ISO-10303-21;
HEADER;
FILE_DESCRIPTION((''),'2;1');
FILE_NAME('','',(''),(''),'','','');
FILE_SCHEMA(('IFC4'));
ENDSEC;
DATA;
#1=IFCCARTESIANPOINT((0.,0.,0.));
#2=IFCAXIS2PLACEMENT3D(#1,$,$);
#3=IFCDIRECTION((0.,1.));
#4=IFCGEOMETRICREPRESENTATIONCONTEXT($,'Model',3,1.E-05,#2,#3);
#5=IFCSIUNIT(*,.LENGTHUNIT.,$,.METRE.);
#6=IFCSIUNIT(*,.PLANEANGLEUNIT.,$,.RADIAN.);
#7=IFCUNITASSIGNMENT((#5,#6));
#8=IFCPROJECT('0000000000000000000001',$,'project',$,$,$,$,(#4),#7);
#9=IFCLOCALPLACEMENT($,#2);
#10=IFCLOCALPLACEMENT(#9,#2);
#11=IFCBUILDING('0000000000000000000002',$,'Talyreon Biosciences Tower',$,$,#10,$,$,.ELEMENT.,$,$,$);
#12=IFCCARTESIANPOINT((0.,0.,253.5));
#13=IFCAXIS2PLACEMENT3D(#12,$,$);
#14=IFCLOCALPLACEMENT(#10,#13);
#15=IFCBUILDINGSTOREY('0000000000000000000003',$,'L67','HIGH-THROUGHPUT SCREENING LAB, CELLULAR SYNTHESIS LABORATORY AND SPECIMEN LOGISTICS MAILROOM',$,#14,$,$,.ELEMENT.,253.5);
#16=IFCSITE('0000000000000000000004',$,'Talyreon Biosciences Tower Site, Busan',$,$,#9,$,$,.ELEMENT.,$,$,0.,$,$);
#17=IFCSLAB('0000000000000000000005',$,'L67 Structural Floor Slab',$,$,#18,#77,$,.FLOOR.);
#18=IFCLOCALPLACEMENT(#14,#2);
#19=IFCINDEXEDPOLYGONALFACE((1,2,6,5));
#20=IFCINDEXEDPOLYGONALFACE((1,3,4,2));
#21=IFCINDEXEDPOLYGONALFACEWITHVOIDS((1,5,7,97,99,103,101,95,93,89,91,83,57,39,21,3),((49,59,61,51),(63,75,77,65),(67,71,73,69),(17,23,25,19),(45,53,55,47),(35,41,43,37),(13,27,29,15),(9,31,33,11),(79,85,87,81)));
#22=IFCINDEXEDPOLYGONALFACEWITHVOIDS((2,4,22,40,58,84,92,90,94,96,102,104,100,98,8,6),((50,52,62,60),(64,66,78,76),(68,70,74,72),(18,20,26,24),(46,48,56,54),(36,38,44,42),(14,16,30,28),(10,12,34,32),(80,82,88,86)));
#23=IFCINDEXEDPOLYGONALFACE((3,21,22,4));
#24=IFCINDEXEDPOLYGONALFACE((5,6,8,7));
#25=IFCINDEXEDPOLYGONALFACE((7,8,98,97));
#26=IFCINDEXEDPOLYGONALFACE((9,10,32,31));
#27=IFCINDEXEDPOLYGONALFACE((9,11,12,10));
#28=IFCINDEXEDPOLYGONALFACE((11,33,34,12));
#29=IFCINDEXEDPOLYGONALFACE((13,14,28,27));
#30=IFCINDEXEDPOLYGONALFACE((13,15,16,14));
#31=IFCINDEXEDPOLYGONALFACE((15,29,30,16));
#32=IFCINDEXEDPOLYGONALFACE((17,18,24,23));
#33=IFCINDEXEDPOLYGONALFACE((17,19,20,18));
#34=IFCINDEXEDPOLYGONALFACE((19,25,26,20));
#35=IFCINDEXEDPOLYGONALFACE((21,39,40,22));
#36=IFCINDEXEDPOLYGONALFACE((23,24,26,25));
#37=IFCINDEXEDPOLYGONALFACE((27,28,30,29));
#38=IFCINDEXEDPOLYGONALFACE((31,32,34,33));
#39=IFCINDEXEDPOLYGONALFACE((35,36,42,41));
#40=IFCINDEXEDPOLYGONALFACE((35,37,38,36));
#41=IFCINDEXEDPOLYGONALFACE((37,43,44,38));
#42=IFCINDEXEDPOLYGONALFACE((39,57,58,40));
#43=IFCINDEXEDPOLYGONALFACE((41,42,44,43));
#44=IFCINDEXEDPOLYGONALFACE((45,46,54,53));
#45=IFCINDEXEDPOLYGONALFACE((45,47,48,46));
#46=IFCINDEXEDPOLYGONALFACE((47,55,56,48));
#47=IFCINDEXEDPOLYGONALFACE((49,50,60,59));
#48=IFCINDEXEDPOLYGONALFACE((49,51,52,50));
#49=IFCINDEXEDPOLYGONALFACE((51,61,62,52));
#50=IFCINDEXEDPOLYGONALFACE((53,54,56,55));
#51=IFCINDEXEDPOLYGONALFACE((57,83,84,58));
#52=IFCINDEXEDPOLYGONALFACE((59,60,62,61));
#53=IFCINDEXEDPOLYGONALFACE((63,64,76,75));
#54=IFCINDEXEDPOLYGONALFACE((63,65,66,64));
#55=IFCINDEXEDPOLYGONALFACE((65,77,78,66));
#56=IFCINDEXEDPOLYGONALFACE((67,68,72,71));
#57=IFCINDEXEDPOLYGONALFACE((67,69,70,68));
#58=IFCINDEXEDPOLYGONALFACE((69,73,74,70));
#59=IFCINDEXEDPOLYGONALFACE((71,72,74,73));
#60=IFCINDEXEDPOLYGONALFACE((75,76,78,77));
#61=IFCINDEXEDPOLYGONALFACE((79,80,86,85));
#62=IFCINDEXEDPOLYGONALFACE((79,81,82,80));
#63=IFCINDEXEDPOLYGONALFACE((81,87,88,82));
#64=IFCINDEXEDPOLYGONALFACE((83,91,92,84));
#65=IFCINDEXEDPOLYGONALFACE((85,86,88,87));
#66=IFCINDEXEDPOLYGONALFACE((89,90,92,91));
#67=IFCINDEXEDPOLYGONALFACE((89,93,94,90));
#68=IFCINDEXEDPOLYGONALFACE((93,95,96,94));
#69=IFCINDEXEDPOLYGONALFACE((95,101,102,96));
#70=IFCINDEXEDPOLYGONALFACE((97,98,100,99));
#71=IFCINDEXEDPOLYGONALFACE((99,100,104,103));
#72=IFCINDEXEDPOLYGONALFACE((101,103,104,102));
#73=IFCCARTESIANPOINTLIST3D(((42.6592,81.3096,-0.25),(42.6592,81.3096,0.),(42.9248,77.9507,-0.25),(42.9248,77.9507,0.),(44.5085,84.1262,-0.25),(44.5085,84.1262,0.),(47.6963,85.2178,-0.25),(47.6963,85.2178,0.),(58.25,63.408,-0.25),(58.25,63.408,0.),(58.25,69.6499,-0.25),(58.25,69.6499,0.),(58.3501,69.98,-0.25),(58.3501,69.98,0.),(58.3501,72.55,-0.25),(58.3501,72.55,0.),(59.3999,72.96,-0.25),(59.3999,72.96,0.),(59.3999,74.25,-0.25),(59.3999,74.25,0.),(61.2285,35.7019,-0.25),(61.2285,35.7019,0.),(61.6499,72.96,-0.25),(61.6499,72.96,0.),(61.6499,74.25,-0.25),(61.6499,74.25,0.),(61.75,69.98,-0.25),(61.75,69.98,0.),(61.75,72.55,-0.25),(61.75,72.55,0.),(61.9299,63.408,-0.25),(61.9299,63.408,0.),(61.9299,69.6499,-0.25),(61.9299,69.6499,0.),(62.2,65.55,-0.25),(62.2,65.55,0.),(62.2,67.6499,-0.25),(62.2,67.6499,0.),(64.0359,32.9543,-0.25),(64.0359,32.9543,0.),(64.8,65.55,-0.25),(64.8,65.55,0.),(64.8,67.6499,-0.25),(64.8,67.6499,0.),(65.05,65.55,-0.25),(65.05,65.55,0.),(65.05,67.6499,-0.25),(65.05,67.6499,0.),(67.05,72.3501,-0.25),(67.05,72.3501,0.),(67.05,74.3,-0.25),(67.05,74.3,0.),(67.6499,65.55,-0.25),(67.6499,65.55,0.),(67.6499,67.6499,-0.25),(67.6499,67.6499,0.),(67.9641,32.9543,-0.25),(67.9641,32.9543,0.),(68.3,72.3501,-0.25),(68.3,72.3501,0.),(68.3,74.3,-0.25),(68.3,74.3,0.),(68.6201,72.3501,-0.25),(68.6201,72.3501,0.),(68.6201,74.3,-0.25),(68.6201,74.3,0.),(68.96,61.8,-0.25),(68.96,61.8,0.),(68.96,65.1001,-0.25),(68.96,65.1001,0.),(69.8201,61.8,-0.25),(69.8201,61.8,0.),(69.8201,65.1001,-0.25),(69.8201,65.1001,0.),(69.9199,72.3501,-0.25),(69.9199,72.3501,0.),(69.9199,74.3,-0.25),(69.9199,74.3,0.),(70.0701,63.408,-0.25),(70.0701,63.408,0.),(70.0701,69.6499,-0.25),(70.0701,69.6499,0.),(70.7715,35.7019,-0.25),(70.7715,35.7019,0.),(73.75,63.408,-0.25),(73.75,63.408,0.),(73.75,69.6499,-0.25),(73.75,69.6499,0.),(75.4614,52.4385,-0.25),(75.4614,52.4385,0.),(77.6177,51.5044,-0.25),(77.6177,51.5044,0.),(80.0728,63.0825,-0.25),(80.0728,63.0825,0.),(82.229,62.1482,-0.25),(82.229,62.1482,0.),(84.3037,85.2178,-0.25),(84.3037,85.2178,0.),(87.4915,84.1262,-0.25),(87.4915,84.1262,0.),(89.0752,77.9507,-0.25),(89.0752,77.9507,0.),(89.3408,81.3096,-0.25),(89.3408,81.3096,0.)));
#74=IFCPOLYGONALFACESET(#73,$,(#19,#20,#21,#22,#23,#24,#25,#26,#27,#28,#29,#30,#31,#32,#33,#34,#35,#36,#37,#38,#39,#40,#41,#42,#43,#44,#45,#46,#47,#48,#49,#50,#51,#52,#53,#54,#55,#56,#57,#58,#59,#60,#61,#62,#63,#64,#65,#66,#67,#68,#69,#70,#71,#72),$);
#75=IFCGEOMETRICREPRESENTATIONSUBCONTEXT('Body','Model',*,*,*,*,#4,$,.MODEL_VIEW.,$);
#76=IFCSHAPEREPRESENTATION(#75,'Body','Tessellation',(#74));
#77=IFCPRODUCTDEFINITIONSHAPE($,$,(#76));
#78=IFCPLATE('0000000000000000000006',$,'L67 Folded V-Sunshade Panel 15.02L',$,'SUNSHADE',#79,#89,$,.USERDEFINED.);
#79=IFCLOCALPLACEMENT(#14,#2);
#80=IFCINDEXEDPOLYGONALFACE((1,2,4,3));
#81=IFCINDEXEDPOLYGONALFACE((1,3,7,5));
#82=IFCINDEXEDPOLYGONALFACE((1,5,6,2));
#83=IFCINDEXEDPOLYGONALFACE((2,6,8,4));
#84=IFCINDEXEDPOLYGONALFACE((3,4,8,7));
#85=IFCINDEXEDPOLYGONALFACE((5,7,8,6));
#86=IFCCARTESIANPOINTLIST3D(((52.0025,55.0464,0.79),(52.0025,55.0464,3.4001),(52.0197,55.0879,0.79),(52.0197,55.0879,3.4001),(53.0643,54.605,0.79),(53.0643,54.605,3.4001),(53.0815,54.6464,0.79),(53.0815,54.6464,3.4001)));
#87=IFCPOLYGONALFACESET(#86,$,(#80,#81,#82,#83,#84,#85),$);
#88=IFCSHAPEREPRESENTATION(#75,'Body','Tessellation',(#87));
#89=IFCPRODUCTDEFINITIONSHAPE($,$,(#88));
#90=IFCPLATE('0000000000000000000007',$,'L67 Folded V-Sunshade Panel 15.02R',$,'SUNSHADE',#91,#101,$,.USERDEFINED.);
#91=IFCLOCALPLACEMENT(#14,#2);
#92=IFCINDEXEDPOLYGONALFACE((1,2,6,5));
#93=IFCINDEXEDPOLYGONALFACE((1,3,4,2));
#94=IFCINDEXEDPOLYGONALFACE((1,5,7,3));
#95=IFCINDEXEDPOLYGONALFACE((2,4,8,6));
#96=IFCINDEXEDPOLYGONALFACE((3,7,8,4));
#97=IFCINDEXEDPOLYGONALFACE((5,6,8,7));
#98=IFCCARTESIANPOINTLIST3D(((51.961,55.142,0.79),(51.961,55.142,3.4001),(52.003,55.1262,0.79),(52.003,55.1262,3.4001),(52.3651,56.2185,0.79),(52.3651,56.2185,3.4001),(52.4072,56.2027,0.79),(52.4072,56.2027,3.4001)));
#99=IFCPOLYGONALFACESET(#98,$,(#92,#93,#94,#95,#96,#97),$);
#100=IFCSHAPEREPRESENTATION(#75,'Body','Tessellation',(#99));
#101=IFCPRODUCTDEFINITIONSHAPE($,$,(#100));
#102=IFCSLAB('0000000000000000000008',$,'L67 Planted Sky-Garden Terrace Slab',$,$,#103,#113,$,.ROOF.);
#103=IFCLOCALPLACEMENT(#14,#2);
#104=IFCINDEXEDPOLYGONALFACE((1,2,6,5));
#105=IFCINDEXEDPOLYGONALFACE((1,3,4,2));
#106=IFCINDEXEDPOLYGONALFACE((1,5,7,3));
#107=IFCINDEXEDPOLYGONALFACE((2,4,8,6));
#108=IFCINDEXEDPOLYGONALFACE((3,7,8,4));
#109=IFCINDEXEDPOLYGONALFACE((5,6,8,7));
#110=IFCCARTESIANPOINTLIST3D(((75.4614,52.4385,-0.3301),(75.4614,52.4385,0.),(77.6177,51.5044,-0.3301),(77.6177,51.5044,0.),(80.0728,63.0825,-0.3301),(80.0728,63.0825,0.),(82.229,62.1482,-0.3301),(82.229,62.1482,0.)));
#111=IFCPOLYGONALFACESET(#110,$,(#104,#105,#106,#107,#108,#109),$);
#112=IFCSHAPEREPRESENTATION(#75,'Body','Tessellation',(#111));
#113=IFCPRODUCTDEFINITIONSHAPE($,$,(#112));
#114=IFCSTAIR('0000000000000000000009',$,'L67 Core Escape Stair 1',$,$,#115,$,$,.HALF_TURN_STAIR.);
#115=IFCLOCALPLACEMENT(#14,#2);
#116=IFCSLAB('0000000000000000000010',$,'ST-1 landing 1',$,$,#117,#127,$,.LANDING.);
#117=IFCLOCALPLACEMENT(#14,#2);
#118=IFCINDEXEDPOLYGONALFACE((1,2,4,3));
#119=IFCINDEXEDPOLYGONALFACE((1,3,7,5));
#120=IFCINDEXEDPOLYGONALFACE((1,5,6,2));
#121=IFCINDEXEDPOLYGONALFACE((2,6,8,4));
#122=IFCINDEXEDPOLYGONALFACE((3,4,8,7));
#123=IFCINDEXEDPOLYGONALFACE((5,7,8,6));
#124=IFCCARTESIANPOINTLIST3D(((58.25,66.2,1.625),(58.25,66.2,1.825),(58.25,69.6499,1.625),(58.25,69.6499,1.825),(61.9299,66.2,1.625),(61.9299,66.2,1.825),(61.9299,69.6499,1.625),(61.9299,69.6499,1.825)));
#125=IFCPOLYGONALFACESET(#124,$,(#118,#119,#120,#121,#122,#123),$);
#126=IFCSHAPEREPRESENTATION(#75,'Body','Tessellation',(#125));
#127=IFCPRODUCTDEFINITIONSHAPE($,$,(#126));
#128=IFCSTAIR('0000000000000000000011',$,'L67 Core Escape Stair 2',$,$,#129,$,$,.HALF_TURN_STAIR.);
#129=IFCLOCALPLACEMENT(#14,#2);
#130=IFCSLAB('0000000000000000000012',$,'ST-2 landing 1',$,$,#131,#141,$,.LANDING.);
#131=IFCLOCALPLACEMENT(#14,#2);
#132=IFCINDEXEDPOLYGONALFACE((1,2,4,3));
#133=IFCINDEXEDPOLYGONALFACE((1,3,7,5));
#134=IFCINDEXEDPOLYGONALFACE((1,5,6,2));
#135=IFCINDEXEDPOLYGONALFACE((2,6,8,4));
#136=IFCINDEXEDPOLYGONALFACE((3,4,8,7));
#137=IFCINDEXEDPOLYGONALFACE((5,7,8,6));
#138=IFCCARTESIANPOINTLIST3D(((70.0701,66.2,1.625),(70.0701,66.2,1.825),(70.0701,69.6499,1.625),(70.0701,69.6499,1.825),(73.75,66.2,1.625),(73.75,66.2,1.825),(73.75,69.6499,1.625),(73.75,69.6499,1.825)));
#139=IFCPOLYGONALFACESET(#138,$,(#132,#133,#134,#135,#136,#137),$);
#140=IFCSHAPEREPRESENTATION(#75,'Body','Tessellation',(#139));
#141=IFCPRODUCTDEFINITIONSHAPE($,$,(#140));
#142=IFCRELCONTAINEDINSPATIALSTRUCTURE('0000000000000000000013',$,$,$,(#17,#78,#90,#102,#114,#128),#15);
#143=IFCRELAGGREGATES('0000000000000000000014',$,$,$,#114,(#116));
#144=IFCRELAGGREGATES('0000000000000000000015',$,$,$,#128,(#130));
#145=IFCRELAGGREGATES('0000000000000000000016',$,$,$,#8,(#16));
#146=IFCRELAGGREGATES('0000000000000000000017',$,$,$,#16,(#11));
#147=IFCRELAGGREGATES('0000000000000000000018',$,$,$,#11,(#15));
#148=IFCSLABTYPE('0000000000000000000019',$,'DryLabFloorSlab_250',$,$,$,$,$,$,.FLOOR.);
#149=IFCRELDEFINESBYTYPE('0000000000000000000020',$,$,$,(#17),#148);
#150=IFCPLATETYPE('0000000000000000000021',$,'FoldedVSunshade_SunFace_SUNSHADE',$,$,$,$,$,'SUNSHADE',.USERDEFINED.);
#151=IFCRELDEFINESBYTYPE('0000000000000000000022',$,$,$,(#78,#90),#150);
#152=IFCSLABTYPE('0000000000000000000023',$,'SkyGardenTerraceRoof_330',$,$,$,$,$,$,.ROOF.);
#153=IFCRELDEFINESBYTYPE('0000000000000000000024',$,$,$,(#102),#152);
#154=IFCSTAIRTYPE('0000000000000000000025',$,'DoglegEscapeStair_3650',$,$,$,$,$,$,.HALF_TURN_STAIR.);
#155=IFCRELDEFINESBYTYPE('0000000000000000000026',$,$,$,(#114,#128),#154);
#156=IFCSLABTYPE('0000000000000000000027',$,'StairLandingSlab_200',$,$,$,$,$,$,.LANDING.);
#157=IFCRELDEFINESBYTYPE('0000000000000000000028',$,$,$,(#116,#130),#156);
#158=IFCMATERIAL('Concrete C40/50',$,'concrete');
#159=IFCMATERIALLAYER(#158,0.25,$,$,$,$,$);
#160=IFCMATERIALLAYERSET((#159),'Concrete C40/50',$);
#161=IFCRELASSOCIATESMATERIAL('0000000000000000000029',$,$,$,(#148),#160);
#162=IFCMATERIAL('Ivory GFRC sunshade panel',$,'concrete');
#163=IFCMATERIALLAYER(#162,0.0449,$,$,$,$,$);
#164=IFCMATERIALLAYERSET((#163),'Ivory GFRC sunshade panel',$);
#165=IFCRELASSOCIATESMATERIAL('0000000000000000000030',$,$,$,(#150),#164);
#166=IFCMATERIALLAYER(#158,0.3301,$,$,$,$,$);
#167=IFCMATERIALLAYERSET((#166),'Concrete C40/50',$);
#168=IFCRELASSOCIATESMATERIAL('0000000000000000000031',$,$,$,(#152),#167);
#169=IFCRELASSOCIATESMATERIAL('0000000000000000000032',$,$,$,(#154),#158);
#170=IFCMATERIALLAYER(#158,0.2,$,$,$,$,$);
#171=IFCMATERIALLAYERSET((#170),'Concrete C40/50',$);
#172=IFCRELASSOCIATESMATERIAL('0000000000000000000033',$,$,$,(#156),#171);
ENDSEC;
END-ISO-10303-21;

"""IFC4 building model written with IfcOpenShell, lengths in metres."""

from ifc_helpers import new_model, si_unit, direction, frame, origin, origin_2d, place, context, subcontext, project, spatial, polyline, rectangle, outline, extrude, material, layer, layer_set, type_object, element, aggregate, save


model = new_model("IFC4")

# Units and contexts
model_context = context("Model", 3, precision=1e-05, world=origin(), true_north=direction((0.0, 1.0)))
body_context = subcontext(model_context, "Body", "Model", "MODEL_VIEW")
ifc_project = project(units=[si_unit("LENGTHUNIT", "METRE"), si_unit("PLANEANGLEUNIT", "RADIAN")], contexts=[model_context])

# Site, building, storey
site_placement = place(None, origin())
site = spatial("IfcSite", under=ifc_project, at=site_placement, Name="Talyreon Biosciences Tower Site, Busan", CompositionType="ELEMENT", RefElevation=0.0)
building_placement = place(site_placement, origin())
building = spatial("IfcBuilding", under=site, at=building_placement, Name="Talyreon Biosciences Tower", CompositionType="ELEMENT")
storey_placement = place(building_placement, frame((0.0, 0.0, 253.5)))
storey = spatial("IfcBuildingStorey", under=building, at=storey_placement, Name="L67", Description="HIGH-THROUGHPUT SCREENING LAB, CELLULAR SYNTHESIS LABORATORY AND SPECIMEN LOGISTICS MAILROOM", CompositionType="ELEMENT", Elevation=253.5)

# Slab
ifc_material_1 = material(Name="Concrete C40/50", Category="concrete")
ifc_layer_1 = layer(ifc_material_1, 0.25)
ifc_layer_set_1 = layer_set([ifc_layer_1], Name="Concrete C40/50")
slab_type_1 = type_object("IfcSlabType", Name="DryLabFloorSlab_250", PredefinedType="FLOOR", material=ifc_layer_set_1)
slab_1_placement = place(storey_placement, frame((0.0, 0.0, -0.25)))
element("IfcSlab", 1, at=slab_1_placement, inside=storey, type_object=slab_type_1, Name="L67 Structural Floor Slab", PredefinedType="FLOOR", context=body_context, shape_type="SweptSolid", body=[
    extrude(outline(polyline([(42.9248, 77.9507), (42.6592, 81.3096), (44.5085, 84.1262), (47.6963, 85.2178), (84.3037, 85.2178), (87.4915, 84.1262), (89.3408, 81.3096), (89.0752, 77.9507), (82.229, 62.1482), (80.0728, 63.0825), (75.4614, 52.4385), (77.6177, 51.5044), (70.7715, 35.7019), (67.9641, 32.9543), (64.0359, 32.9543), (61.2285, 35.7019), (42.9248, 77.9507)]), holes=[polyline([(69.8201, 65.1001), (69.8201, 61.8), (68.96, 61.8), (68.96, 65.1001), (69.8201, 65.1001)]), polyline([(61.9299, 69.6499), (61.9299, 63.408), (58.25, 63.408), (58.25, 69.6499), (61.9299, 69.6499)]), polyline([(73.75, 69.6499), (73.75, 63.408), (70.0701, 63.408), (70.0701, 69.6499), (73.75, 69.6499)]), polyline([(64.8, 67.6499), (64.8, 65.55), (62.2, 65.55), (62.2, 67.6499), (64.8, 67.6499)]), polyline([(67.6499, 67.6499), (67.6499, 65.55), (65.05, 65.55), (65.05, 67.6499), (67.6499, 67.6499)]), polyline([(61.75, 72.55), (61.75, 69.98), (58.3501, 69.98), (58.3501, 72.55), (61.75, 72.55)]), polyline([(68.3, 74.3), (68.3, 72.3501), (67.05, 72.3501), (67.05, 74.3), (68.3, 74.3)]), polyline([(69.9199, 72.3501), (68.6201, 72.3501), (68.6201, 74.3), (69.9199, 74.3), (69.9199, 72.3501)]), polyline([(61.6499, 72.96), (59.3999, 72.96), (59.3999, 74.25), (61.6499, 74.25), (61.6499, 72.96)])]), origin(), (0.0, 0.0, 1.0), 0.25),
])

# Plates
ifc_material_2 = material(Name="Ivory GFRC sunshade panel", Category="concrete")
ifc_layer_2 = layer(ifc_material_2, 0.0449)
ifc_layer_set_2 = layer_set([ifc_layer_2], Name="Ivory GFRC sunshade panel")
plate_type_1 = type_object("IfcPlateType", Name="FoldedVSunshade_SunFace_SUNSHADE", ElementType="SUNSHADE", PredefinedType="USERDEFINED", material=ifc_layer_set_2)
for number, where, z_axis, x_axis, name in (
    (2, (52.542, 54.8464, 0.79), (0.0, 0.0, 1.0), (-0.923371, 0.383909, 0.0), "L67 Folded V-Sunshade Panel 15.02L"),
    (3, (52.1841, 55.6724, 0.79), (0.0, 0.0, 1.0), (0.35145, 0.936207, 0.0), "L67 Folded V-Sunshade Panel 15.02R"),
):
    element("IfcPlate", number, at=place(storey_placement, frame(where, z_axis=z_axis, x_axis=x_axis)), inside=storey, type_object=plate_type_1, Name=name, ObjectType="SUNSHADE", PredefinedType="USERDEFINED", context=body_context, shape_type="SweptSolid", body=[
        extrude(rectangle(XDim=1.1499, YDim=0.0449, at=origin_2d()), origin(), (0.0, 0.0, 1.0), 2.6101),
    ])

# Slab
ifc_layer_3 = layer(ifc_material_1, 0.3301)
ifc_layer_set_3 = layer_set([ifc_layer_3], Name="Concrete C40/50")
slab_type_2 = type_object("IfcSlabType", Name="SkyGardenTerraceRoof_330", PredefinedType="ROOF", material=ifc_layer_set_3)
slab_2_placement = place(storey_placement, frame((0.0, 0.0, -0.3301)))
element("IfcSlab", 4, at=slab_2_placement, inside=storey, type_object=slab_type_2, Name="L67 Planted Sky-Garden Terrace Slab", PredefinedType="ROOF", context=body_context, shape_type="SweptSolid", body=[
    extrude(outline(polyline([(77.6177, 51.5044), (75.4614, 52.4385), (80.0728, 63.0825), (82.229, 62.1482), (77.6177, 51.5044)])), origin(), (0.0, 0.0, 1.0), 0.3301),
])

# Stairs, slabs
stair_type = type_object("IfcStairType", Name="DoglegEscapeStair_3650", PredefinedType="HALF_TURN_STAIR", material=ifc_material_1)
stair_1_placement = place(storey_placement, origin())
stair_1 = element("IfcStair", 5, at=stair_1_placement, inside=storey, type_object=stair_type, Name="L67 Core Escape Stair 1", PredefinedType="HALF_TURN_STAIR")
ifc_layer_4 = layer(ifc_material_1, 0.2)
ifc_layer_set_4 = layer_set([ifc_layer_4], Name="Concrete C40/50")
slab_type_3 = type_object("IfcSlabType", Name="StairLandingSlab_200", PredefinedType="LANDING", material=ifc_layer_set_4)
slab_3_placement = place(storey_placement, frame((0.0, 0.0, 1.625)))
slab_3 = element("IfcSlab", 6, at=slab_3_placement, type_object=slab_type_3, Name="ST-1 landing 1", PredefinedType="LANDING", context=body_context, shape_type="SweptSolid", body=[
    extrude(outline(polyline([(61.9299, 66.2), (61.9299, 69.6499), (58.25, 69.6499), (58.25, 66.2), (61.9299, 66.2)])), origin(), (0.0, 0.0, 1.0), 0.2),
])
aggregate(stair_1, [slab_3])
stair_2_placement = place(storey_placement, origin())
stair_2 = element("IfcStair", 7, at=stair_2_placement, inside=storey, type_object=stair_type, Name="L67 Core Escape Stair 2", PredefinedType="HALF_TURN_STAIR")
slab_4_placement = place(storey_placement, frame((0.0, 0.0, 1.625)))
slab_4 = element("IfcSlab", 8, at=slab_4_placement, type_object=slab_type_3, Name="ST-2 landing 1", PredefinedType="LANDING", context=body_context, shape_type="SweptSolid", body=[
    extrude(outline(polyline([(73.75, 66.2), (73.75, 69.6499), (70.0701, 69.6499), (70.0701, 66.2), (73.75, 66.2)])), origin(), (0.0, 0.0, 1.0), 0.2),
])
aggregate(stair_2, [slab_4])

save(model, "model.ifc")
